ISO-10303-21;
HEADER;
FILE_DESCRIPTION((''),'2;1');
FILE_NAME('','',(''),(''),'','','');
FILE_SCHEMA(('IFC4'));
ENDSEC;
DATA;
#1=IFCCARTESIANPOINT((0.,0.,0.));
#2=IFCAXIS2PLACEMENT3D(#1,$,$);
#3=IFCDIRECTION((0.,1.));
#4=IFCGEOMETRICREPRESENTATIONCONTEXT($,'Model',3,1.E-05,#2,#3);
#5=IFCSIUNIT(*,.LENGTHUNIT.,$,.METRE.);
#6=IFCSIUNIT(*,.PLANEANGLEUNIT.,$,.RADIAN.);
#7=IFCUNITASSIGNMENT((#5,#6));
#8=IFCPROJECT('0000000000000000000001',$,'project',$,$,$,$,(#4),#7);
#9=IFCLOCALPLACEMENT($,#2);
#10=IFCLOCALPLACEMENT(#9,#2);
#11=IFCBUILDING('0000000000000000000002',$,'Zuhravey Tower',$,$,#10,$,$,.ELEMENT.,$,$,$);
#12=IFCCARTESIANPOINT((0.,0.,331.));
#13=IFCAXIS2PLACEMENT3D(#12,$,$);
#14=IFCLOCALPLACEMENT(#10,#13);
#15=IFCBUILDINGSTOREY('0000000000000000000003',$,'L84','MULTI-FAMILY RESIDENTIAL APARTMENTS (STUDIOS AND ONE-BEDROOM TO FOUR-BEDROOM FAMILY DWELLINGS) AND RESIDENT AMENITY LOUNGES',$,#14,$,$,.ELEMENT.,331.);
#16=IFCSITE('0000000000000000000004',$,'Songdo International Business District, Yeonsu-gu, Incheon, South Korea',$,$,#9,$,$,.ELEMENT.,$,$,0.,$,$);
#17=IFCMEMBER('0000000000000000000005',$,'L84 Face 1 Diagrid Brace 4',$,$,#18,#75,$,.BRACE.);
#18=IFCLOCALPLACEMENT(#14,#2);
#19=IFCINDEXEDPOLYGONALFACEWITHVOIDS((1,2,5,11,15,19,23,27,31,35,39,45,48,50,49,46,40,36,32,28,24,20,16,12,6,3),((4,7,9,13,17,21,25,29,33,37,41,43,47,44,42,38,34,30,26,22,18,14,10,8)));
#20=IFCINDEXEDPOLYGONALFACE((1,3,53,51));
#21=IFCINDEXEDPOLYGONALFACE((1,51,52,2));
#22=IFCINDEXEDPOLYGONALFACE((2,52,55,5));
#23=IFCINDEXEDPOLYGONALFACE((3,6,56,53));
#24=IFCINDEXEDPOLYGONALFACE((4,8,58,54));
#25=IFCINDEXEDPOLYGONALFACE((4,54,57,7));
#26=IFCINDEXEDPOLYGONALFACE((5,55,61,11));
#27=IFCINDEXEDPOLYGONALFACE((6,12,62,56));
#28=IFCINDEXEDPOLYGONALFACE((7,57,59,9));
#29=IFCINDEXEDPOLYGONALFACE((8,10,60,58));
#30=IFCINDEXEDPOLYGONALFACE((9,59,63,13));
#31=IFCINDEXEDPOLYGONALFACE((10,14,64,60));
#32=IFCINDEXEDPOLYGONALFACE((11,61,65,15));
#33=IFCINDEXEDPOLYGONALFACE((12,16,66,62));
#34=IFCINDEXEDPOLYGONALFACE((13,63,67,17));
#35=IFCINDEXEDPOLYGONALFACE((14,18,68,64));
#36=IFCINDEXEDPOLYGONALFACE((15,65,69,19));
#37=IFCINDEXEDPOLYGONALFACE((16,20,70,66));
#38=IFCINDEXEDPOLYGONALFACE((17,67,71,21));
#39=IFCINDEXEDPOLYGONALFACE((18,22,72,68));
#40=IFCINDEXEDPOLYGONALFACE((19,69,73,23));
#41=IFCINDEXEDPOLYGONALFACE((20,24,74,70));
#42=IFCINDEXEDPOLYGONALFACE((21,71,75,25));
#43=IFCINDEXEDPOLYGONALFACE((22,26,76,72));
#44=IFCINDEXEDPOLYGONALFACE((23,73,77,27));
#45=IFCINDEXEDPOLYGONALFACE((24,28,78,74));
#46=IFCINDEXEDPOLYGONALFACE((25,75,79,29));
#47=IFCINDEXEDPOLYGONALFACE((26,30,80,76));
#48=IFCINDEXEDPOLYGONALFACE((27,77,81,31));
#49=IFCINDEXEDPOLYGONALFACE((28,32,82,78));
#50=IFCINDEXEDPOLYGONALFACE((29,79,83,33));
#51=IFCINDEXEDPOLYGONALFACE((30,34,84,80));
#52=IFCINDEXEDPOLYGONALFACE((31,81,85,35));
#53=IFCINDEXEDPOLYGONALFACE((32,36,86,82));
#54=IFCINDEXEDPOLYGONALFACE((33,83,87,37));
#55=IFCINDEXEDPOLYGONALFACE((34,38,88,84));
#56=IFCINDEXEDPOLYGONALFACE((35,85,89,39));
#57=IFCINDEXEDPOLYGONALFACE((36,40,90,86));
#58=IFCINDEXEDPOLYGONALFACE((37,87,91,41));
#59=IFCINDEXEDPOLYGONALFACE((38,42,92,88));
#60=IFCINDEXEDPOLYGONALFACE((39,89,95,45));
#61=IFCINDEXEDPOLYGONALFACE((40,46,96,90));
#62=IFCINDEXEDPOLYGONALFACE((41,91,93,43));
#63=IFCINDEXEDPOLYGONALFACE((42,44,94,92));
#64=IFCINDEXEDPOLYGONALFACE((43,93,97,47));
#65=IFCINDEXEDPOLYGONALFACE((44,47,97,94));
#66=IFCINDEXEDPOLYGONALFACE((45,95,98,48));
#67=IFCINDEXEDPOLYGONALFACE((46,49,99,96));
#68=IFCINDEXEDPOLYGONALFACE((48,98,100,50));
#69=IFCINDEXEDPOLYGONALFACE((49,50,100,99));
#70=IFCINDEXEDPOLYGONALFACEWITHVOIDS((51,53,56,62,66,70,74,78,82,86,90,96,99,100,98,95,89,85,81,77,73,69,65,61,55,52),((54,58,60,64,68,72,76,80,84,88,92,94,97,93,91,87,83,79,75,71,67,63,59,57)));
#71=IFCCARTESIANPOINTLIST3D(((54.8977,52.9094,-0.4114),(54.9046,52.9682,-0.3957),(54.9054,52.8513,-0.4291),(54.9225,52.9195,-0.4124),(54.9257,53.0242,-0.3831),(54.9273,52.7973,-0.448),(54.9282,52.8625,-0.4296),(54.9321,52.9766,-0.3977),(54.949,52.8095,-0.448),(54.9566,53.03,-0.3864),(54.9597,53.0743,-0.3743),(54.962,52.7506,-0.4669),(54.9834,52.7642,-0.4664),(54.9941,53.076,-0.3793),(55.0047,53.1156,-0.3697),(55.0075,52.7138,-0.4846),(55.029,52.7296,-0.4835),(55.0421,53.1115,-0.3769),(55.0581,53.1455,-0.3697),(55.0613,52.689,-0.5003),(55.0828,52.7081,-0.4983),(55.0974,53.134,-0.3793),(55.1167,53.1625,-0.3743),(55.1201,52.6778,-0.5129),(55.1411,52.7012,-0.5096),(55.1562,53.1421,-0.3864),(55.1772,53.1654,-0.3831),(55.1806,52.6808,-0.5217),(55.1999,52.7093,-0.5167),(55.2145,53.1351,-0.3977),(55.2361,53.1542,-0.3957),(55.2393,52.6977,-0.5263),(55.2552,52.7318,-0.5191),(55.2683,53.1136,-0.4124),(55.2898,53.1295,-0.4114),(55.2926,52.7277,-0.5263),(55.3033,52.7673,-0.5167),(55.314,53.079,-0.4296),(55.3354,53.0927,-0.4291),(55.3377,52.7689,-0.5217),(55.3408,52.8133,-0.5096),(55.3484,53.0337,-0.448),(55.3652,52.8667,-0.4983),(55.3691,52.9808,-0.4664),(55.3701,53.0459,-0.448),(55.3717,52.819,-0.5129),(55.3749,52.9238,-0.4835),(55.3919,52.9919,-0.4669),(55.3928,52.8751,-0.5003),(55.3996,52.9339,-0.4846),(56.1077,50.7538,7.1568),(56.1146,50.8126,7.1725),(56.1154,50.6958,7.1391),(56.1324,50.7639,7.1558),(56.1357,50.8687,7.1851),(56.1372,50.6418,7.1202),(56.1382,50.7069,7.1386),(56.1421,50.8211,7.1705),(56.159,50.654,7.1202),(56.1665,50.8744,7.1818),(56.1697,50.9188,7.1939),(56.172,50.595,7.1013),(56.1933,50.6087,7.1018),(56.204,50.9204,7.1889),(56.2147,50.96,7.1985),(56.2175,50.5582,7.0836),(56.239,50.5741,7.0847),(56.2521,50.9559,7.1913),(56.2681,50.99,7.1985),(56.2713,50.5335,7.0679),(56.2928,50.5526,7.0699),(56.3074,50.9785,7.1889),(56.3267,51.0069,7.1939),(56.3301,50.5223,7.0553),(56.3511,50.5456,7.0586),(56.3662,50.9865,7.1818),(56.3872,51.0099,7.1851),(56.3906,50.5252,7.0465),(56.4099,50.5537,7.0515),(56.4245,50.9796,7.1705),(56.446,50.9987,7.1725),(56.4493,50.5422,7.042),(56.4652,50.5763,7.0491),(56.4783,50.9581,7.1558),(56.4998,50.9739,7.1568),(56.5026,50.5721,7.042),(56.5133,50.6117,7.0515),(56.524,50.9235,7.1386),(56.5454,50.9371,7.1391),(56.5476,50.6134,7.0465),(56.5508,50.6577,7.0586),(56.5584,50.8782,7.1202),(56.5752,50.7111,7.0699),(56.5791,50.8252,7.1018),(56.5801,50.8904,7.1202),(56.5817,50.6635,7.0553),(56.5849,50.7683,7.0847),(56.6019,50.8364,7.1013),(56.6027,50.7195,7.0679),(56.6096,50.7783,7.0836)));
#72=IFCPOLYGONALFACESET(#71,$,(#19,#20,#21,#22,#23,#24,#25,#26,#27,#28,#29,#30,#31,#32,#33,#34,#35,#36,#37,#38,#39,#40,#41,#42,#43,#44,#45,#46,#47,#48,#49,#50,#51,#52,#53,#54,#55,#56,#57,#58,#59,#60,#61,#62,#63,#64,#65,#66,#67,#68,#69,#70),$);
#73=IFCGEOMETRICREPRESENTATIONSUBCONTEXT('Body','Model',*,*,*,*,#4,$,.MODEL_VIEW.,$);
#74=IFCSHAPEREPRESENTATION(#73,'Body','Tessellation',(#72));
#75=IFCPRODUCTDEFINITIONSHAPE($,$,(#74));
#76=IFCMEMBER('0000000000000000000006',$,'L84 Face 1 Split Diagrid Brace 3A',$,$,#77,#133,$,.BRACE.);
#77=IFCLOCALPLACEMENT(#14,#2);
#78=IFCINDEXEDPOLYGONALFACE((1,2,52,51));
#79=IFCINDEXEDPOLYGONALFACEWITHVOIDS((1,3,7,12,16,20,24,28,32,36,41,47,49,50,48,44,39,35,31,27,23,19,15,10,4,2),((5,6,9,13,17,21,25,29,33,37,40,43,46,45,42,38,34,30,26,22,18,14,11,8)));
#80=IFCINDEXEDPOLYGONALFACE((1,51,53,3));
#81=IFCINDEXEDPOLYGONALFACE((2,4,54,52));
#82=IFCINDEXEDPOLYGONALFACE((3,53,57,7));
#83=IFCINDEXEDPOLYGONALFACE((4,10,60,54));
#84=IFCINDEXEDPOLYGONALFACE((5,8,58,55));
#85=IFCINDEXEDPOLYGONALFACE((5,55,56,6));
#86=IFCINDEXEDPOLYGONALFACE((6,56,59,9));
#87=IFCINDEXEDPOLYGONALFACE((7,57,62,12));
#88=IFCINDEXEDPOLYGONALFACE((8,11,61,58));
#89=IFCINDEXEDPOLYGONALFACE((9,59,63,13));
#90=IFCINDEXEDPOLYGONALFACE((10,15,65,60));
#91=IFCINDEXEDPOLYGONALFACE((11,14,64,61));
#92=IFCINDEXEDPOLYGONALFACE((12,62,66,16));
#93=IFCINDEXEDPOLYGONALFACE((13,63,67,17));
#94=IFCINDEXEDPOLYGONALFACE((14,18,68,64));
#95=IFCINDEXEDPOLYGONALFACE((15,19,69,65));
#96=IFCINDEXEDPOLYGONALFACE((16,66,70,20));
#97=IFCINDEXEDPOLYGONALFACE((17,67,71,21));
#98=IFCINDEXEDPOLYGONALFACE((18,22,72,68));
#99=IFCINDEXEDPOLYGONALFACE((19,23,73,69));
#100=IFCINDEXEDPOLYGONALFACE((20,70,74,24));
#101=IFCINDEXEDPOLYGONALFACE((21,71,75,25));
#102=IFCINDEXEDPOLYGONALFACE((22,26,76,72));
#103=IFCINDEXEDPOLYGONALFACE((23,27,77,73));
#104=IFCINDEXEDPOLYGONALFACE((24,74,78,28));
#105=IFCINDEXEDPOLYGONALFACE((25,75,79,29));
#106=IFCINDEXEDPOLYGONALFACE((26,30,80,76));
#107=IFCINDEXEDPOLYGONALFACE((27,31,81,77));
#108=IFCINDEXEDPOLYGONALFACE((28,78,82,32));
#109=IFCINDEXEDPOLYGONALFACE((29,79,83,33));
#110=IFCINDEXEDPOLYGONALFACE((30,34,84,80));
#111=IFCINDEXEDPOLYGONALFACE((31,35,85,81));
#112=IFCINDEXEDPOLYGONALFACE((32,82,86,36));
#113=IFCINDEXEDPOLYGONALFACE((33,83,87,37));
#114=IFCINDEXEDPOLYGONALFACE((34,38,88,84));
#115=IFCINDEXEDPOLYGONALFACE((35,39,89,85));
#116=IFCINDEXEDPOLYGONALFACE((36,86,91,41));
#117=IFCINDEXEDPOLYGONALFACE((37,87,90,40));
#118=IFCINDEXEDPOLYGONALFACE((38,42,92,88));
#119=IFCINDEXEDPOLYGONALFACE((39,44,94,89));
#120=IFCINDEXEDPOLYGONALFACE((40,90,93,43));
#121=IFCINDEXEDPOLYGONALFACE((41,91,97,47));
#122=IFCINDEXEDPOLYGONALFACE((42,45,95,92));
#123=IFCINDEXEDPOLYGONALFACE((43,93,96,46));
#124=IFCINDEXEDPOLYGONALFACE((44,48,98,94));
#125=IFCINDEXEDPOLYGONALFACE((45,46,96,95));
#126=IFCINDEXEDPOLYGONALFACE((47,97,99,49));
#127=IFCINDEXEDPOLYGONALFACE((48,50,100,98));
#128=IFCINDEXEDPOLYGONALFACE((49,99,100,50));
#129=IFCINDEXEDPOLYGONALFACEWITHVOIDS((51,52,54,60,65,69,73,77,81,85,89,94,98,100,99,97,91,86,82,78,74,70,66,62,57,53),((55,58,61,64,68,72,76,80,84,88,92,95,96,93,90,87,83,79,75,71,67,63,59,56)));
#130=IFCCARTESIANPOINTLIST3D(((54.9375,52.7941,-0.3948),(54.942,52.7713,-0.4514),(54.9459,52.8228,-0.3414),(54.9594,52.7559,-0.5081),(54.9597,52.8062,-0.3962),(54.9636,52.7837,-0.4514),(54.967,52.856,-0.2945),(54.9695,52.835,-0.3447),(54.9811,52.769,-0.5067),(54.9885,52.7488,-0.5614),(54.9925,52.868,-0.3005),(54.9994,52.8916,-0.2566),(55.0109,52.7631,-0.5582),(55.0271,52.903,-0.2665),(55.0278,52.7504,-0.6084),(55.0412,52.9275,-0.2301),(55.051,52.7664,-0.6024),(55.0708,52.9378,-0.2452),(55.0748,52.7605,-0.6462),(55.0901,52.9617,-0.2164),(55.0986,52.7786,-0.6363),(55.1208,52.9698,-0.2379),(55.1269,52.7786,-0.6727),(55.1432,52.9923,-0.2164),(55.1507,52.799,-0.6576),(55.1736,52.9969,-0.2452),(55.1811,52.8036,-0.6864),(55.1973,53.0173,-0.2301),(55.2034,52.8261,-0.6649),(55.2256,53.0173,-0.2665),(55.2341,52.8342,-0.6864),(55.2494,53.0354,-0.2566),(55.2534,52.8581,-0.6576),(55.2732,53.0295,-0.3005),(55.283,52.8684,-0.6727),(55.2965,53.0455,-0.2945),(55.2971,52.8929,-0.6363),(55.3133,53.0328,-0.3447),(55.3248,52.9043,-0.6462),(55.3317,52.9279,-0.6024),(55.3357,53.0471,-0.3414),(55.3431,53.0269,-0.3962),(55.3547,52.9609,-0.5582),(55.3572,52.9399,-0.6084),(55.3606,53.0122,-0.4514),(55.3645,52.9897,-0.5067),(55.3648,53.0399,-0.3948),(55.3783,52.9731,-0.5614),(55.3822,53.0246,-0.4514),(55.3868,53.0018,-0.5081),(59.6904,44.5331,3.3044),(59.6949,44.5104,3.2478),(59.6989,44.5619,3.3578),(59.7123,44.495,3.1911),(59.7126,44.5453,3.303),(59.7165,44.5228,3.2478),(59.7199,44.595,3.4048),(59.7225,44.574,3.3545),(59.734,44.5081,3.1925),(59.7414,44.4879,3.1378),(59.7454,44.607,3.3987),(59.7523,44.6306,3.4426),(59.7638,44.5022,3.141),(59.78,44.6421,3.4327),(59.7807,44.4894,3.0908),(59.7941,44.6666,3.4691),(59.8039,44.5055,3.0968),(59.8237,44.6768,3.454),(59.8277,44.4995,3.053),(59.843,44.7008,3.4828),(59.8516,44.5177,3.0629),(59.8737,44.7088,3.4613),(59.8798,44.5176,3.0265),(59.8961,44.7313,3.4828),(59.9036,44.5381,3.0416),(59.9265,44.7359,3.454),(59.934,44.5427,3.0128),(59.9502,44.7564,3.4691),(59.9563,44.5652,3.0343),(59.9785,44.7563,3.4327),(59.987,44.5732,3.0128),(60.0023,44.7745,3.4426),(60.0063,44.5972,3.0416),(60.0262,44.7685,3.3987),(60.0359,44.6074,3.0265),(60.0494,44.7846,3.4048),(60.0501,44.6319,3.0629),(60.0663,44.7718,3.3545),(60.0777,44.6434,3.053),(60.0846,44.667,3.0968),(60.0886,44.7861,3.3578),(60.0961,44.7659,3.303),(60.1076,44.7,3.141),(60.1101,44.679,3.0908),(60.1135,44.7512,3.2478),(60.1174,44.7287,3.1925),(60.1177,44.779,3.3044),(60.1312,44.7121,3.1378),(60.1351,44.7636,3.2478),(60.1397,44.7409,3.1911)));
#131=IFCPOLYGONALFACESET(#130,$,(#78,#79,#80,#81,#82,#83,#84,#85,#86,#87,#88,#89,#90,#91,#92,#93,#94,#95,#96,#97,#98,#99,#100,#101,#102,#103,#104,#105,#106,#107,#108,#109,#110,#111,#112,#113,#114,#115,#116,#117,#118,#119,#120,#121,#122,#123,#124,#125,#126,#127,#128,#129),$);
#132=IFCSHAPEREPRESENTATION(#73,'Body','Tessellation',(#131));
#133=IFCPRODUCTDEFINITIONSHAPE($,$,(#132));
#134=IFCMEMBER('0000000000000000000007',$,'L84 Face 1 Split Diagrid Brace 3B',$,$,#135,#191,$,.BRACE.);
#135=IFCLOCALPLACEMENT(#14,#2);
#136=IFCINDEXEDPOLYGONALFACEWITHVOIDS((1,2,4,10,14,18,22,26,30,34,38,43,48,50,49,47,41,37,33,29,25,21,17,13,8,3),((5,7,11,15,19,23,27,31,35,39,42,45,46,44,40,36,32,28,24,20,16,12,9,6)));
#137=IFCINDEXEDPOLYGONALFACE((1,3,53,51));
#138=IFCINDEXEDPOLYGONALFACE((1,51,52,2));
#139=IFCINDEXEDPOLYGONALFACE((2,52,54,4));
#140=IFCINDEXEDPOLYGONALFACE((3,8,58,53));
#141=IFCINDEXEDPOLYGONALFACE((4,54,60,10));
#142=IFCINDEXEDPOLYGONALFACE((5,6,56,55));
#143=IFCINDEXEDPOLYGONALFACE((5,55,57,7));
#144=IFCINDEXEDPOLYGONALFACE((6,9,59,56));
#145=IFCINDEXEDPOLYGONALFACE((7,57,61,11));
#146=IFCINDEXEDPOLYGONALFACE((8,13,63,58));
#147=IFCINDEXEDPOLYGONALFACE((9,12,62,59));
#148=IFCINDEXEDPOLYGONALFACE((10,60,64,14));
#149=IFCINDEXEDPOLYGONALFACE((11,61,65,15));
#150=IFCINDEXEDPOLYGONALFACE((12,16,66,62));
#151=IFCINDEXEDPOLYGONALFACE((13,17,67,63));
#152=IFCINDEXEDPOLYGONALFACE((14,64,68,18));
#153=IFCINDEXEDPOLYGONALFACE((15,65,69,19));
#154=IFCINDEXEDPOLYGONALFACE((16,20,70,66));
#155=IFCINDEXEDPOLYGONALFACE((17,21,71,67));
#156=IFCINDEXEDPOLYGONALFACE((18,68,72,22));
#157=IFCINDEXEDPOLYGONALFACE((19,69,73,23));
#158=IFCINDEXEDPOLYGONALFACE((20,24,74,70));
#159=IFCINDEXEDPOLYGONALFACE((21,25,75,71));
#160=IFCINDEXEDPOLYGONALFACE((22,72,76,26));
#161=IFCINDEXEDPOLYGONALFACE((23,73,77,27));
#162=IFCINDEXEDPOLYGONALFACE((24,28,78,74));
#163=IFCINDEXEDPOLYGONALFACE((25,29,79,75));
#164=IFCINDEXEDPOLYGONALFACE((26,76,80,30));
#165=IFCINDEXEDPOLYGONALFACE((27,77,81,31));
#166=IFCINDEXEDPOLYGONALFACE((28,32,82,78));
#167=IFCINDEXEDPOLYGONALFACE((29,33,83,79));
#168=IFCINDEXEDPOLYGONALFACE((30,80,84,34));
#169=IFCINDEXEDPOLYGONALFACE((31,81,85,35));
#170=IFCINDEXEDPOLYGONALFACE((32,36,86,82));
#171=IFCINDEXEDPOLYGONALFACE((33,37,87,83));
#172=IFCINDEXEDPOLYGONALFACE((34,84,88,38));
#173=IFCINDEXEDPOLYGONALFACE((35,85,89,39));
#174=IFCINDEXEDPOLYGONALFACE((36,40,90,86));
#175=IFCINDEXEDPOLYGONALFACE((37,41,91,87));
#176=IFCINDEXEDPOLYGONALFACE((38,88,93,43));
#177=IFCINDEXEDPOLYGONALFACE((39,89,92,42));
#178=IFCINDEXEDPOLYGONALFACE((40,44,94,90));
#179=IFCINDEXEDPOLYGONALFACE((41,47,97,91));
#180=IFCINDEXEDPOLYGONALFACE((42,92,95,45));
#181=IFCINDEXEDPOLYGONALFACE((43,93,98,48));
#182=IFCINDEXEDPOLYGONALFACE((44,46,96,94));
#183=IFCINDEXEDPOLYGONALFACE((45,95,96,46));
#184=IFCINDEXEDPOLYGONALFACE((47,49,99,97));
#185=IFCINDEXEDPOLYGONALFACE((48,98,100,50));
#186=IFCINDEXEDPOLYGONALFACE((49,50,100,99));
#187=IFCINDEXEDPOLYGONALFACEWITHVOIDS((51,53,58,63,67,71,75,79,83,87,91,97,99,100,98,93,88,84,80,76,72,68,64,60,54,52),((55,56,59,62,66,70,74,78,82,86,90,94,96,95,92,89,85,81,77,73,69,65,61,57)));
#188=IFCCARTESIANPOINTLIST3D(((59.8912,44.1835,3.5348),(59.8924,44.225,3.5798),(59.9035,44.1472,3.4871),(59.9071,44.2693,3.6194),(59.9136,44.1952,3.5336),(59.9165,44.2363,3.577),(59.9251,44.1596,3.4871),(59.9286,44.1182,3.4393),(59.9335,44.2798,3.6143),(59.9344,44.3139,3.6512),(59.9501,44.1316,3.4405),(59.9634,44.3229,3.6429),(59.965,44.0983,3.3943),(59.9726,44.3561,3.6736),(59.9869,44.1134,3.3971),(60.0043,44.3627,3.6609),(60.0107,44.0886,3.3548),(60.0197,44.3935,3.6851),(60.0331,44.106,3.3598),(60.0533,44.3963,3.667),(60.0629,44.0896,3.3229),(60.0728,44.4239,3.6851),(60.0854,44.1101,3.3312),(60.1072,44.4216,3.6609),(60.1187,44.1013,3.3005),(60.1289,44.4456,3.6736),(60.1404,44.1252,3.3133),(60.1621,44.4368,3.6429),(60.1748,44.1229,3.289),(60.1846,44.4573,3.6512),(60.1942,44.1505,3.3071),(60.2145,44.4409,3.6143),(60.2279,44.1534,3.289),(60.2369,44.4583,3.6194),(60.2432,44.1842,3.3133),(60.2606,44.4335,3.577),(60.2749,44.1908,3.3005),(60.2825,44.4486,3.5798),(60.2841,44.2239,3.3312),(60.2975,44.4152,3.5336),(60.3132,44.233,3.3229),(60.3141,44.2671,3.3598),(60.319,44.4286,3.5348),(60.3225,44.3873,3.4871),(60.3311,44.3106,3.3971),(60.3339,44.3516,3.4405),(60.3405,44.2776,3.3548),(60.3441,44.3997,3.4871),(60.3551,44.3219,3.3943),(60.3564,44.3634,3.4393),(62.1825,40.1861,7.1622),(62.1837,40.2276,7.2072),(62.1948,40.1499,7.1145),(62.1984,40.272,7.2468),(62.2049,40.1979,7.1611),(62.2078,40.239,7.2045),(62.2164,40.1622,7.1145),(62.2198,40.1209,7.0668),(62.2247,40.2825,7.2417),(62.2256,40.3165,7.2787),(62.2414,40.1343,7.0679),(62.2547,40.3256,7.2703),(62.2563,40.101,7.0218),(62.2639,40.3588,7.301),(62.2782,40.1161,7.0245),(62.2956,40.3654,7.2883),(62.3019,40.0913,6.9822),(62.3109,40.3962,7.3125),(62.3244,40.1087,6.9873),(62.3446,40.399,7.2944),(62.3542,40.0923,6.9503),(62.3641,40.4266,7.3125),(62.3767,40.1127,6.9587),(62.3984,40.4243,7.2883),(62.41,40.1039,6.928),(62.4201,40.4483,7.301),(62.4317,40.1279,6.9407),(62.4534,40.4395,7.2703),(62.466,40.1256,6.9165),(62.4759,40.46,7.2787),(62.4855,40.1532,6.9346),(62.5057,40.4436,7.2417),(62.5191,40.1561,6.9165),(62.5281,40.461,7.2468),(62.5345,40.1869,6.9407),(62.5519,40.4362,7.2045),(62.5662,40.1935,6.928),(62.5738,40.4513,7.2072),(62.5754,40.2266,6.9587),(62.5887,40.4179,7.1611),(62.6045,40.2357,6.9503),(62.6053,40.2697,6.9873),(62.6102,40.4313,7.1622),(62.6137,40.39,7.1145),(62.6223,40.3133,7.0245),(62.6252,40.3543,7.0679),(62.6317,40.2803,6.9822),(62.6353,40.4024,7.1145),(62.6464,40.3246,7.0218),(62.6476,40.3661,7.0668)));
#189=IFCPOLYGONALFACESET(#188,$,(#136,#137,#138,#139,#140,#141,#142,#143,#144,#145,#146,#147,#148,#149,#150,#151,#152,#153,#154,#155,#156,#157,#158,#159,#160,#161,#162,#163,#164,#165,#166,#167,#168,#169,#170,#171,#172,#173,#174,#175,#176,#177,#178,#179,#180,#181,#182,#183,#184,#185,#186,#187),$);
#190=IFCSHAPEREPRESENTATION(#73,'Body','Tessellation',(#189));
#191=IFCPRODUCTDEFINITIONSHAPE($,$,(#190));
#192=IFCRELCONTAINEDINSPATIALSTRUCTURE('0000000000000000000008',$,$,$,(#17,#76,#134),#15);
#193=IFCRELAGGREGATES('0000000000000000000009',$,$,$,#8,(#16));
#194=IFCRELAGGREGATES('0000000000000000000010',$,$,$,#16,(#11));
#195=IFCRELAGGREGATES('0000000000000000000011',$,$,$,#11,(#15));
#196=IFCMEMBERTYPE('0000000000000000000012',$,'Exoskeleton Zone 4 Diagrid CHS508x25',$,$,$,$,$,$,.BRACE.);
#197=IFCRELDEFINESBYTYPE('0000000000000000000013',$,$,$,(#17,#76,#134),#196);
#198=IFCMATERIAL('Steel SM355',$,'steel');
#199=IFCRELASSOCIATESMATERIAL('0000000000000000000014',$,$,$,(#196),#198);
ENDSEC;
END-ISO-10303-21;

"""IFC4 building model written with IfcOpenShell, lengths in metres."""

from ifc_helpers import new_model, si_unit, direction, frame, origin, origin_2d, place, context, subcontext, project, spatial, hollow_circle, extrude, material, material_profile, profile_set, type_object, element, save


model = new_model("IFC4")

# Units and contexts
model_context = context("Model", 3, precision=1e-05, world=origin(), true_north=direction((0.0, 1.0)))
body_context = subcontext(model_context, "Body", "Model", "MODEL_VIEW")
ifc_project = project(units=[si_unit("LENGTHUNIT", "METRE"), si_unit("PLANEANGLEUNIT", "RADIAN")], contexts=[model_context])

# Site, building, storey
site_placement = place(None, origin())
site = spatial("IfcSite", under=ifc_project, at=site_placement, Name="Songdo International Business District, Yeonsu-gu, Incheon, South Korea", CompositionType="ELEMENT", RefElevation=0.0)
building_placement = place(site_placement, origin())
building = spatial("IfcBuilding", under=site, at=building_placement, Name="Zuhravey Tower", CompositionType="ELEMENT")
storey_placement = place(building_placement, frame((0.0, 0.0, 331.0)))
storey = spatial("IfcBuildingStorey", under=building, at=storey_placement, Name="L84", Description="MULTI-FAMILY RESIDENTIAL APARTMENTS (STUDIOS AND ONE-BEDROOM TO FOUR-BEDROOM FAMILY DWELLINGS) AND RESIDENT AMENITY LOUNGES", CompositionType="ELEMENT", Elevation=331.0)

# Members
ifc_material_1 = material(Name="Steel SM355", Category="steel")
ifc_material_profile_1 = material_profile(ifc_material_1, hollow_circle(Radius=0.2539, WallThickness=0.0249, at=origin_2d()), Name="CHS-508.0x25")
ifc_profile_set_1 = profile_set([ifc_material_profile_1], Name="Steel SM355")
member_type_1 = type_object("IfcMemberType", Name="Exoskeleton Zone 4 Diagrid CHS508x25", PredefinedType="BRACE", material=ifc_profile_set_1)
member_1_placement = place(storey_placement, frame((55.1487, 52.9216, -0.448), z_axis=(0.151975, -0.27074, 0.950581), x_axis=(0.87201, 0.489487, 0.0)))
element("IfcMember", 1, at=member_1_placement, inside=storey, type_object=member_type_1, Name="L84 Face 1 Diagrid Brace 4", PredefinedType="BRACE", context=body_context, shape_type="SweptSolid", body=[
    extrude(hollow_circle(Radius=0.2539, WallThickness=0.0249, at=origin_2d()), origin(), (0.0, 0.0, 1.0), 7.9617),
])
member_2_placement = place(storey_placement, frame((55.1621, 52.8979, -0.4514), z_axis=(0.464906, -0.808045, 0.361837), x_axis=(0.866776, 0.498697, 0.0)))
element("IfcMember", 2, at=member_2_placement, inside=storey, type_object=member_type_1, Name="L84 Face 1 Split Diagrid Brace 3A", PredefinedType="BRACE", context=body_context, shape_type="SweptSolid", body=[
    extrude(hollow_circle(Radius=0.2539, WallThickness=0.0249, at=origin_2d()), origin(), (0.0, 0.0, 1.0), 10.2234),
])
member_3_placement = place(storey_placement, frame((60.1238, 44.2734, 3.4871), z_axis=(0.390732, -0.681668, 0.618593), x_axis=(0.86758, 0.497297, 0.0)))
element("IfcMember", 3, at=member_3_placement, inside=storey, type_object=member_type_1, Name="L84 Face 1 Split Diagrid Brace 3B", PredefinedType="BRACE", context=body_context, shape_type="SweptSolid", body=[
    extrude(hollow_circle(Radius=0.2539, WallThickness=0.0249, at=origin_2d()), origin(), (0.0, 0.0, 1.0), 5.864),
])

save(model, "model.ifc")
